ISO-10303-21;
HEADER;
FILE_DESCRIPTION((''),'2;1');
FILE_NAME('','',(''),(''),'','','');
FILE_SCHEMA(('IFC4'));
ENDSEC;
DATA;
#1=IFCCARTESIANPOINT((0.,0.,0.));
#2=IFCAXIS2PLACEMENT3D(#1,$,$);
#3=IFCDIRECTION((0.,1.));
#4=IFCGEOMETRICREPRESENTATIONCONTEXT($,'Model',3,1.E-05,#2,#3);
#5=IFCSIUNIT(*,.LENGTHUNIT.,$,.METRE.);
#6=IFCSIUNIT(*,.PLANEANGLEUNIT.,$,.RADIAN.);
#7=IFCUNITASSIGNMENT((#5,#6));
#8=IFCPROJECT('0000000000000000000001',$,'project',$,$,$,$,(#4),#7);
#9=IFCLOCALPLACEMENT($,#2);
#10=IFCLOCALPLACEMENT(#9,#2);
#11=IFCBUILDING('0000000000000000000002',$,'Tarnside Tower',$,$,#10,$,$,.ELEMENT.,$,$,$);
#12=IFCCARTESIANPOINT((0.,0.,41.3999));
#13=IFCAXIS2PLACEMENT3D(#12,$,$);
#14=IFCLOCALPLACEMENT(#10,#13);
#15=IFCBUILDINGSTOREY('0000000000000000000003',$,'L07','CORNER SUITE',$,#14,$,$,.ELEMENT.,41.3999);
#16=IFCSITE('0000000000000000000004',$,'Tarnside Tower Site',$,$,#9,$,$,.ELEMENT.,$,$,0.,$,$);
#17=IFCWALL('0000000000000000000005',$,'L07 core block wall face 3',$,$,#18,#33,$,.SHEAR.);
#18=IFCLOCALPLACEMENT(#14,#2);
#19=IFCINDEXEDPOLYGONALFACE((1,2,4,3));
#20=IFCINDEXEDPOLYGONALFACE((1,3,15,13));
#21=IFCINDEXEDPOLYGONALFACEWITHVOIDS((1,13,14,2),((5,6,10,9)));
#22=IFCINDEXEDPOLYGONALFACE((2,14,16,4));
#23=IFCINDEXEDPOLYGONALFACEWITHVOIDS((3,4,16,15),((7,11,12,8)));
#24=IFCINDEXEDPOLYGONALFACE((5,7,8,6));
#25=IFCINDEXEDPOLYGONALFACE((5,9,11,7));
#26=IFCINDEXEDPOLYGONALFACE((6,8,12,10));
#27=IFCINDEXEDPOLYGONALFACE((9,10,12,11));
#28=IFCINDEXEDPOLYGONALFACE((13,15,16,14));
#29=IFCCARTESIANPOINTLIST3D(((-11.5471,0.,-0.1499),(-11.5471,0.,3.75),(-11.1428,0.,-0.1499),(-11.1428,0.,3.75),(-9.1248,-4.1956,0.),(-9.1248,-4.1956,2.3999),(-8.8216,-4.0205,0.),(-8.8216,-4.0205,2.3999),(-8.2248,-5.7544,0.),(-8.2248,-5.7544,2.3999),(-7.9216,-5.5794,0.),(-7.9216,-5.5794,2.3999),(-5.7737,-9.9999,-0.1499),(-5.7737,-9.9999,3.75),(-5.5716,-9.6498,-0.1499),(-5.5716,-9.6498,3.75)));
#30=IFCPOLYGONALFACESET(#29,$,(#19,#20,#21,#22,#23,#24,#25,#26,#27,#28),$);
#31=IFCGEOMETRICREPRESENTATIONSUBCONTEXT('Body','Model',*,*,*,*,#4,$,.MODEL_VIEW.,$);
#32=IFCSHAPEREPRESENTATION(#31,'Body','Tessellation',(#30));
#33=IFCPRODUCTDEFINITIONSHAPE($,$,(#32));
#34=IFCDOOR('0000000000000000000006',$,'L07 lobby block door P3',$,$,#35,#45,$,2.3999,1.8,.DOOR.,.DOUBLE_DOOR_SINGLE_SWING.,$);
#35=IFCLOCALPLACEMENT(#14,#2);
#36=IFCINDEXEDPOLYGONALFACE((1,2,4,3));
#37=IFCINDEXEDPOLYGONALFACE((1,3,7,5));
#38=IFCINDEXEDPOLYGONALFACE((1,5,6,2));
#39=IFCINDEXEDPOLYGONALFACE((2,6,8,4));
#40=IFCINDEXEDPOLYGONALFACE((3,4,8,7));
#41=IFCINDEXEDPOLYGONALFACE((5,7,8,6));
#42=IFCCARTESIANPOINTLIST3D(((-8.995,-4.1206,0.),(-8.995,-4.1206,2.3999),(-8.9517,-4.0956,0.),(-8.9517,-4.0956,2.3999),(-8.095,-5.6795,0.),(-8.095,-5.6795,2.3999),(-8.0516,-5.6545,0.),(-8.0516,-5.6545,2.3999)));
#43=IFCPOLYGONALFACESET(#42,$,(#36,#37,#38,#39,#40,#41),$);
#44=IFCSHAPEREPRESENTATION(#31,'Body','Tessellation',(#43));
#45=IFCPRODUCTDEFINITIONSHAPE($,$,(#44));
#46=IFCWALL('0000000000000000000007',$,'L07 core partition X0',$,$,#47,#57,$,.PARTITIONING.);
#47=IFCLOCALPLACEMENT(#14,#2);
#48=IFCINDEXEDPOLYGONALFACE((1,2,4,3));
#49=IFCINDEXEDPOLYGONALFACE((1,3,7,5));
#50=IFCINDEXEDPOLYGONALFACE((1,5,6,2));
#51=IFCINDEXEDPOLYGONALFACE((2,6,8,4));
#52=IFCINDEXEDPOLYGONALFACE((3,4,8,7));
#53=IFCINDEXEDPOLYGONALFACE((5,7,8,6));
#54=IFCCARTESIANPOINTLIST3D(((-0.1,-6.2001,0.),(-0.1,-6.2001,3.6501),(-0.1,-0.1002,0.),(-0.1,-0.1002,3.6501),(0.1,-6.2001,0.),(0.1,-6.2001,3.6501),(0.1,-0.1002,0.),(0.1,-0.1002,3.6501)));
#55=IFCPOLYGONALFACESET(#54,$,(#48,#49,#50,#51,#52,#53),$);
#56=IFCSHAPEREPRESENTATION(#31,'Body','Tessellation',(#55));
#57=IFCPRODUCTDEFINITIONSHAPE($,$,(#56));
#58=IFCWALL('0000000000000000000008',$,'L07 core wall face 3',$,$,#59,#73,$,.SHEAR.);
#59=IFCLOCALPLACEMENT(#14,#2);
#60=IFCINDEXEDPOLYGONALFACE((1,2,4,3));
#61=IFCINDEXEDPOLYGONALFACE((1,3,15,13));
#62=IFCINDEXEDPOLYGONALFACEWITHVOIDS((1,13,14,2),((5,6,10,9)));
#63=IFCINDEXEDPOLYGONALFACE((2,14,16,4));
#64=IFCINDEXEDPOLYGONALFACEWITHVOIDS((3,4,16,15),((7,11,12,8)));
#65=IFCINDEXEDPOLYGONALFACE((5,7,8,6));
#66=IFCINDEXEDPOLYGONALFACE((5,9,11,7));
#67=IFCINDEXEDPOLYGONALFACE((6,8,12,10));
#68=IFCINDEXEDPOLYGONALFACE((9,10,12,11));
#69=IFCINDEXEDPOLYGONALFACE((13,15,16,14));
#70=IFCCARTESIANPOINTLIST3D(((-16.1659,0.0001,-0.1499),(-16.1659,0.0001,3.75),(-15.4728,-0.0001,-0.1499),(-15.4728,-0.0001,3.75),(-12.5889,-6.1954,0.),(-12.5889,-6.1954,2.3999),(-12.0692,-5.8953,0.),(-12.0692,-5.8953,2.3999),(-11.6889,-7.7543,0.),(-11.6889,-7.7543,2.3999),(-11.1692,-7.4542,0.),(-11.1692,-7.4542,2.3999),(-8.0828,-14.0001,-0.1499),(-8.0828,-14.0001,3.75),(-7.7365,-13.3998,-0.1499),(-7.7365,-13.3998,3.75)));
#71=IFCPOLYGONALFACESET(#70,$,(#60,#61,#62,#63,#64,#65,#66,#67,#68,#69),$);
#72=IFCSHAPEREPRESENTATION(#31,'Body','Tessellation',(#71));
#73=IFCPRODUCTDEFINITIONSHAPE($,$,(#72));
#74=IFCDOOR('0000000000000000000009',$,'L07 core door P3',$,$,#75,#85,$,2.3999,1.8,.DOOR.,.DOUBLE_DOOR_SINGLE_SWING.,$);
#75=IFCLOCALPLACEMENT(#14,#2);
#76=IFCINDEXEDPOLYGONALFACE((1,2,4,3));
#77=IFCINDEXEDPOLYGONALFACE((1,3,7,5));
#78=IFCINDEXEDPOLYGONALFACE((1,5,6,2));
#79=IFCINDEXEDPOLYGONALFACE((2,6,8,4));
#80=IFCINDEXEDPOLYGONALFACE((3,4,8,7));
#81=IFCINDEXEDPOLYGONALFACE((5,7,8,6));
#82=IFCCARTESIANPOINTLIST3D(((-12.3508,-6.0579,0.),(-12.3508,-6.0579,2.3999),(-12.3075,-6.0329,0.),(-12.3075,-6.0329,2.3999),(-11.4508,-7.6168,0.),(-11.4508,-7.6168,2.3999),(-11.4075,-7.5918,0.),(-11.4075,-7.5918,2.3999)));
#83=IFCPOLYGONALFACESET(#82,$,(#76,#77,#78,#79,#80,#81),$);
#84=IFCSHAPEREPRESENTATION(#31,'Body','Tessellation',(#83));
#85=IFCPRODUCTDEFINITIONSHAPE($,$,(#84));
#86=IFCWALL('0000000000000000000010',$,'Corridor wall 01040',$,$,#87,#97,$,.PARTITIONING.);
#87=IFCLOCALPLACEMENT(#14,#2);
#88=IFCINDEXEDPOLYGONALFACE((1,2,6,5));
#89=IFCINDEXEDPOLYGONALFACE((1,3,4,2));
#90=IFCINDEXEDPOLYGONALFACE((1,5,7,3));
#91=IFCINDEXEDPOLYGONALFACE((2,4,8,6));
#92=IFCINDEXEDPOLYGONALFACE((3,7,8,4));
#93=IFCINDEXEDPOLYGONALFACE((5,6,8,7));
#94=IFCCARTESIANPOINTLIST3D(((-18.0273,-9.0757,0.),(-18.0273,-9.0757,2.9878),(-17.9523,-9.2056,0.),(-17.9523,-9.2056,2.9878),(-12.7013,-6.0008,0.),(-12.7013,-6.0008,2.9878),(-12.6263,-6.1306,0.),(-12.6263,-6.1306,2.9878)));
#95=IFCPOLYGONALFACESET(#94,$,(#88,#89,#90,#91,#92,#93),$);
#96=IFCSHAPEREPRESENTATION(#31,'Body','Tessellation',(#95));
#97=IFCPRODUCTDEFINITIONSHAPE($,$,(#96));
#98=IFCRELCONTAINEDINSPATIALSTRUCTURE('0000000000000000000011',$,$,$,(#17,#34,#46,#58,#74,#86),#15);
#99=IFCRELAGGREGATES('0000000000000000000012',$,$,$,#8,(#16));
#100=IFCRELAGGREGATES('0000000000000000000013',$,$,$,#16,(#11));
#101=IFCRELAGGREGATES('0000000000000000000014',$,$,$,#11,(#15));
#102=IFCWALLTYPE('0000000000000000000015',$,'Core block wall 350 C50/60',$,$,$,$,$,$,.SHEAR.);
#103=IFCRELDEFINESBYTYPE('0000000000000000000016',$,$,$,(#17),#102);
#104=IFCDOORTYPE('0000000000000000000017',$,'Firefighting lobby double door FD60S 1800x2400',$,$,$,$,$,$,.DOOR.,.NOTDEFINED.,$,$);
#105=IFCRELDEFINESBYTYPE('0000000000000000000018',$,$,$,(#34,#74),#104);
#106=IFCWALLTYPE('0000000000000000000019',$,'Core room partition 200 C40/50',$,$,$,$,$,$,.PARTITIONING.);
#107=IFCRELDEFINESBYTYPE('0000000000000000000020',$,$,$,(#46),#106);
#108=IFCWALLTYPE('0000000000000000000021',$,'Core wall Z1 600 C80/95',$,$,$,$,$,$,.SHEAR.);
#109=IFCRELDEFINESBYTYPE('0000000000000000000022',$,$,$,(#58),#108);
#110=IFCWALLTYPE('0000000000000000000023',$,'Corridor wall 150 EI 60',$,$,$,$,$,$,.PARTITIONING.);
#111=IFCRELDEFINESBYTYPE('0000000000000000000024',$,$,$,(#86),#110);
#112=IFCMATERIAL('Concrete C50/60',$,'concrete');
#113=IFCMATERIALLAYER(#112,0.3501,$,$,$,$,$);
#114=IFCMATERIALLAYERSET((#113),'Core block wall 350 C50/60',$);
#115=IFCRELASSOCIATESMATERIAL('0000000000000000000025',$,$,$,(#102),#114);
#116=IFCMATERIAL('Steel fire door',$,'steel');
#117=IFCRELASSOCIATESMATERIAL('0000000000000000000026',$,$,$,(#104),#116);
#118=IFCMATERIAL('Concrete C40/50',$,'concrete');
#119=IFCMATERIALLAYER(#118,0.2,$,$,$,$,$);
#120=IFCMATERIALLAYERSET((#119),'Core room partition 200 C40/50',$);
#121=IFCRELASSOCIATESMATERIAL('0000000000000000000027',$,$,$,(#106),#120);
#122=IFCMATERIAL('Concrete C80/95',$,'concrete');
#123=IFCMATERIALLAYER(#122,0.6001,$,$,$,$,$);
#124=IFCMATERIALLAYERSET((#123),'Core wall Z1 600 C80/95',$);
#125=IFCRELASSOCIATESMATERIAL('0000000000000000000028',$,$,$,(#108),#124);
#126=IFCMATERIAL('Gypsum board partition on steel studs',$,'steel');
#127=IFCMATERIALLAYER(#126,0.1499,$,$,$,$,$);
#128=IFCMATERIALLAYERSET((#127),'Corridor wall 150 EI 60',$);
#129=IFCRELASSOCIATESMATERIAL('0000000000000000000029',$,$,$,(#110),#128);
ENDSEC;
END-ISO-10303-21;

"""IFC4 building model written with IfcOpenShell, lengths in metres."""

from ifc_helpers import new_model, si_unit, direction, frame, frame_2d, origin, place, context, subcontext, project, spatial, polyline, rectangle, outline, extrude, material, layer, layer_set, type_object, element, fill, save


model = new_model("IFC4")

# Units and contexts
model_context = context("Model", 3, precision=1e-05, world=origin(), true_north=direction((0.0, 1.0)))
body_context = subcontext(model_context, "Body", "Model", "MODEL_VIEW")
ifc_project = project(units=[si_unit("LENGTHUNIT", "METRE"), si_unit("PLANEANGLEUNIT", "RADIAN")], contexts=[model_context])

# Site, building, storey
site_placement = place(None, origin())
site = spatial("IfcSite", under=ifc_project, at=site_placement, Name="Tarnside Tower Site", CompositionType="ELEMENT", RefElevation=0.0)
building_placement = place(site_placement, origin())
building = spatial("IfcBuilding", under=site, at=building_placement, Name="Tarnside Tower", CompositionType="ELEMENT")
storey_placement = place(building_placement, frame((0.0, 0.0, 41.3999)))
storey = spatial("IfcBuildingStorey", under=building, at=storey_placement, Name="L07", Description="CORNER SUITE", CompositionType="ELEMENT", Elevation=41.3999)

# Wall, opening, door
ifc_material_1 = material(Name="Concrete C50/60", Category="concrete")
ifc_layer_1 = layer(ifc_material_1, 0.3501)
ifc_layer_set_1 = layer_set([ifc_layer_1], Name="Core block wall 350 C50/60")
wall_type_1 = type_object("IfcWallType", Name="Core block wall 350 C50/60", PredefinedType="SHEAR", material=ifc_layer_set_1)
wall_1_placement = place(storey_placement, frame((-11.345, 0.0, -0.1499), z_axis=(0.0, 0.0, 1.0), x_axis=(0.499995, -0.866028, 0.0)))
wall_1 = element("IfcWall", 1, at=wall_1_placement, inside=storey, type_object=wall_type_1, Name="L07 core block wall face 3", PredefinedType="SHEAR", context=body_context, shape_type="SweptSolid", body=[
    extrude(outline(polyline([(-0.1011, -0.175), (11.4458, -0.175), (11.2437, 0.175), (0.1011, 0.175), (-0.1011, -0.175)])), origin(), (0.0, 0.0, 1.0), 3.8999),
])
opening_1_placement = place(wall_1_placement, frame((4.7437, 0.0, 0.1499)))
opening_1 = element("IfcOpeningElement", 2, at=opening_1_placement, cuts=wall_1, PredefinedType="OPENING", context=body_context, shape_type="SweptSolid", body=[
    extrude(rectangle(XDim=1.8, YDim=2.3999, at=frame_2d((0.8999, 1.2))), frame((0.0, 0.1851, 0.0), z_axis=(0.0, -1.0, 0.0), x_axis=(1.0, 0.0, 0.0)), (0.0, 0.0, 1.0), 0.3701),
])
ifc_material_2 = material(Name="Steel fire door", Category="steel")
door_type_1 = type_object("IfcDoorType", Name="Firefighting lobby double door FD60S 1800x2400", OperationType="NOTDEFINED", PredefinedType="DOOR", material=ifc_material_2)
door_1_placement = place(opening_1_placement, origin())
door_1 = element("IfcDoor", 3, at=door_1_placement, inside=storey, type_object=door_type_1, Name="L07 lobby block door P3", OperationType="DOUBLE_DOOR_SINGLE_SWING", OverallHeight=2.3999, OverallWidth=1.8, PredefinedType="DOOR", context=body_context, shape_type="SweptSolid", body=[
    extrude(rectangle(XDim=1.8, YDim=2.3999, at=frame_2d((0.8999, 1.2))), frame((0.0, 0.0249, 0.0), z_axis=(0.0, -1.0, 0.0), x_axis=(1.0, 0.0, 0.0)), (0.0, 0.0, 1.0), 0.05),
])
fill(opening_1, door_1)

# Wall
ifc_material_3 = material(Name="Concrete C40/50", Category="concrete")
ifc_layer_2 = layer(ifc_material_3, 0.2)
ifc_layer_set_2 = layer_set([ifc_layer_2], Name="Core room partition 200 C40/50")
wall_type_2 = type_object("IfcWallType", Name="Core room partition 200 C40/50", PredefinedType="PARTITIONING", material=ifc_layer_set_2)
wall_2_placement = place(storey_placement, frame((0.0, -6.2, 0.0), z_axis=(0.0, 0.0, 1.0), x_axis=(0.0, 1.0, 0.0)))
element("IfcWall", 4, at=wall_2_placement, inside=storey, type_object=wall_type_2, Name="L07 core partition X0", PredefinedType="PARTITIONING", context=body_context, shape_type="SweptSolid", body=[
    extrude(rectangle(XDim=6.0999, YDim=0.2, at=frame_2d((3.0498, 0.0))), origin(), (0.0, 0.0, 1.0), 3.6501),
])

# Wall, opening, door
ifc_material_4 = material(Name="Concrete C80/95", Category="concrete")
ifc_layer_3 = layer(ifc_material_4, 0.6001)
ifc_layer_set_3 = layer_set([ifc_layer_3], Name="Core wall Z1 600 C80/95")
wall_type_3 = type_object("IfcWallType", Name="Core wall Z1 600 C80/95", PredefinedType="SHEAR", material=ifc_layer_set_3)
wall_3_placement = place(storey_placement, frame((-15.8193, 0.0, -0.1499), z_axis=(0.0, 0.0, 1.0), x_axis=(0.5, -0.866025, 0.0)))
wall_3 = element("IfcWall", 5, at=wall_3_placement, inside=storey, type_object=wall_type_3, Name="L07 core wall face 3", PredefinedType="SHEAR", context=body_context, shape_type="SweptSolid", body=[
    extrude(outline(polyline([(-0.1733, -0.3), (15.9927, -0.3), (15.646, 0.3), (0.1733, 0.3), (-0.1733, -0.3)])), origin(), (0.0, 0.0, 1.0), 3.8999),
])
opening_2_placement = place(wall_3_placement, frame((6.9807, 0.0, 0.1499)))
opening_2 = element("IfcOpeningElement", 6, at=opening_2_placement, cuts=wall_3, PredefinedType="OPENING", context=body_context, shape_type="SweptSolid", body=[
    extrude(rectangle(XDim=1.8, YDim=2.3999, at=frame_2d((0.8999, 1.2))), frame((0.0, 0.3101, 0.0), z_axis=(0.0, -1.0, 0.0), x_axis=(1.0, 0.0, 0.0)), (0.0, 0.0, 1.0), 0.6201),
])
door_2_placement = place(opening_2_placement, origin())
door_2 = element("IfcDoor", 7, at=door_2_placement, inside=storey, type_object=door_type_1, Name="L07 core door P3", OperationType="DOUBLE_DOOR_SINGLE_SWING", OverallHeight=2.3999, OverallWidth=1.8, PredefinedType="DOOR", context=body_context, shape_type="SweptSolid", body=[
    extrude(rectangle(XDim=1.8, YDim=2.3999, at=frame_2d((0.8999, 1.2))), frame((0.0, 0.0249, 0.0), z_axis=(0.0, -1.0, 0.0), x_axis=(1.0, 0.0, 0.0)), (0.0, 0.0, 1.0), 0.05),
])
fill(opening_2, door_2)

# Wall
ifc_material_5 = material(Name="Gypsum board partition on steel studs", Category="steel")
ifc_layer_4 = layer(ifc_material_5, 0.1499)
ifc_layer_set_4 = layer_set([ifc_layer_4], Name="Corridor wall 150 EI 60")
wall_type_4 = type_object("IfcWallType", Name="Corridor wall 150 EI 60", PredefinedType="PARTITIONING", material=ifc_layer_set_4)
wall_4_placement = place(storey_placement, frame((-12.6638, -6.0657, 0.0), z_axis=(0.0, 0.0, 1.0), x_axis=(-0.866024, -0.500003, 0.0)))
element("IfcWall", 8, at=wall_4_placement, inside=storey, type_object=wall_type_4, Name="Corridor wall 01040", PredefinedType="PARTITIONING", context=body_context, shape_type="SweptSolid", body=[
    extrude(rectangle(XDim=6.1499, YDim=0.1499, at=frame_2d((3.075, 0.0))), origin(), (0.0, 0.0, 1.0), 2.9878),
])

save(model, "model.ifc")
